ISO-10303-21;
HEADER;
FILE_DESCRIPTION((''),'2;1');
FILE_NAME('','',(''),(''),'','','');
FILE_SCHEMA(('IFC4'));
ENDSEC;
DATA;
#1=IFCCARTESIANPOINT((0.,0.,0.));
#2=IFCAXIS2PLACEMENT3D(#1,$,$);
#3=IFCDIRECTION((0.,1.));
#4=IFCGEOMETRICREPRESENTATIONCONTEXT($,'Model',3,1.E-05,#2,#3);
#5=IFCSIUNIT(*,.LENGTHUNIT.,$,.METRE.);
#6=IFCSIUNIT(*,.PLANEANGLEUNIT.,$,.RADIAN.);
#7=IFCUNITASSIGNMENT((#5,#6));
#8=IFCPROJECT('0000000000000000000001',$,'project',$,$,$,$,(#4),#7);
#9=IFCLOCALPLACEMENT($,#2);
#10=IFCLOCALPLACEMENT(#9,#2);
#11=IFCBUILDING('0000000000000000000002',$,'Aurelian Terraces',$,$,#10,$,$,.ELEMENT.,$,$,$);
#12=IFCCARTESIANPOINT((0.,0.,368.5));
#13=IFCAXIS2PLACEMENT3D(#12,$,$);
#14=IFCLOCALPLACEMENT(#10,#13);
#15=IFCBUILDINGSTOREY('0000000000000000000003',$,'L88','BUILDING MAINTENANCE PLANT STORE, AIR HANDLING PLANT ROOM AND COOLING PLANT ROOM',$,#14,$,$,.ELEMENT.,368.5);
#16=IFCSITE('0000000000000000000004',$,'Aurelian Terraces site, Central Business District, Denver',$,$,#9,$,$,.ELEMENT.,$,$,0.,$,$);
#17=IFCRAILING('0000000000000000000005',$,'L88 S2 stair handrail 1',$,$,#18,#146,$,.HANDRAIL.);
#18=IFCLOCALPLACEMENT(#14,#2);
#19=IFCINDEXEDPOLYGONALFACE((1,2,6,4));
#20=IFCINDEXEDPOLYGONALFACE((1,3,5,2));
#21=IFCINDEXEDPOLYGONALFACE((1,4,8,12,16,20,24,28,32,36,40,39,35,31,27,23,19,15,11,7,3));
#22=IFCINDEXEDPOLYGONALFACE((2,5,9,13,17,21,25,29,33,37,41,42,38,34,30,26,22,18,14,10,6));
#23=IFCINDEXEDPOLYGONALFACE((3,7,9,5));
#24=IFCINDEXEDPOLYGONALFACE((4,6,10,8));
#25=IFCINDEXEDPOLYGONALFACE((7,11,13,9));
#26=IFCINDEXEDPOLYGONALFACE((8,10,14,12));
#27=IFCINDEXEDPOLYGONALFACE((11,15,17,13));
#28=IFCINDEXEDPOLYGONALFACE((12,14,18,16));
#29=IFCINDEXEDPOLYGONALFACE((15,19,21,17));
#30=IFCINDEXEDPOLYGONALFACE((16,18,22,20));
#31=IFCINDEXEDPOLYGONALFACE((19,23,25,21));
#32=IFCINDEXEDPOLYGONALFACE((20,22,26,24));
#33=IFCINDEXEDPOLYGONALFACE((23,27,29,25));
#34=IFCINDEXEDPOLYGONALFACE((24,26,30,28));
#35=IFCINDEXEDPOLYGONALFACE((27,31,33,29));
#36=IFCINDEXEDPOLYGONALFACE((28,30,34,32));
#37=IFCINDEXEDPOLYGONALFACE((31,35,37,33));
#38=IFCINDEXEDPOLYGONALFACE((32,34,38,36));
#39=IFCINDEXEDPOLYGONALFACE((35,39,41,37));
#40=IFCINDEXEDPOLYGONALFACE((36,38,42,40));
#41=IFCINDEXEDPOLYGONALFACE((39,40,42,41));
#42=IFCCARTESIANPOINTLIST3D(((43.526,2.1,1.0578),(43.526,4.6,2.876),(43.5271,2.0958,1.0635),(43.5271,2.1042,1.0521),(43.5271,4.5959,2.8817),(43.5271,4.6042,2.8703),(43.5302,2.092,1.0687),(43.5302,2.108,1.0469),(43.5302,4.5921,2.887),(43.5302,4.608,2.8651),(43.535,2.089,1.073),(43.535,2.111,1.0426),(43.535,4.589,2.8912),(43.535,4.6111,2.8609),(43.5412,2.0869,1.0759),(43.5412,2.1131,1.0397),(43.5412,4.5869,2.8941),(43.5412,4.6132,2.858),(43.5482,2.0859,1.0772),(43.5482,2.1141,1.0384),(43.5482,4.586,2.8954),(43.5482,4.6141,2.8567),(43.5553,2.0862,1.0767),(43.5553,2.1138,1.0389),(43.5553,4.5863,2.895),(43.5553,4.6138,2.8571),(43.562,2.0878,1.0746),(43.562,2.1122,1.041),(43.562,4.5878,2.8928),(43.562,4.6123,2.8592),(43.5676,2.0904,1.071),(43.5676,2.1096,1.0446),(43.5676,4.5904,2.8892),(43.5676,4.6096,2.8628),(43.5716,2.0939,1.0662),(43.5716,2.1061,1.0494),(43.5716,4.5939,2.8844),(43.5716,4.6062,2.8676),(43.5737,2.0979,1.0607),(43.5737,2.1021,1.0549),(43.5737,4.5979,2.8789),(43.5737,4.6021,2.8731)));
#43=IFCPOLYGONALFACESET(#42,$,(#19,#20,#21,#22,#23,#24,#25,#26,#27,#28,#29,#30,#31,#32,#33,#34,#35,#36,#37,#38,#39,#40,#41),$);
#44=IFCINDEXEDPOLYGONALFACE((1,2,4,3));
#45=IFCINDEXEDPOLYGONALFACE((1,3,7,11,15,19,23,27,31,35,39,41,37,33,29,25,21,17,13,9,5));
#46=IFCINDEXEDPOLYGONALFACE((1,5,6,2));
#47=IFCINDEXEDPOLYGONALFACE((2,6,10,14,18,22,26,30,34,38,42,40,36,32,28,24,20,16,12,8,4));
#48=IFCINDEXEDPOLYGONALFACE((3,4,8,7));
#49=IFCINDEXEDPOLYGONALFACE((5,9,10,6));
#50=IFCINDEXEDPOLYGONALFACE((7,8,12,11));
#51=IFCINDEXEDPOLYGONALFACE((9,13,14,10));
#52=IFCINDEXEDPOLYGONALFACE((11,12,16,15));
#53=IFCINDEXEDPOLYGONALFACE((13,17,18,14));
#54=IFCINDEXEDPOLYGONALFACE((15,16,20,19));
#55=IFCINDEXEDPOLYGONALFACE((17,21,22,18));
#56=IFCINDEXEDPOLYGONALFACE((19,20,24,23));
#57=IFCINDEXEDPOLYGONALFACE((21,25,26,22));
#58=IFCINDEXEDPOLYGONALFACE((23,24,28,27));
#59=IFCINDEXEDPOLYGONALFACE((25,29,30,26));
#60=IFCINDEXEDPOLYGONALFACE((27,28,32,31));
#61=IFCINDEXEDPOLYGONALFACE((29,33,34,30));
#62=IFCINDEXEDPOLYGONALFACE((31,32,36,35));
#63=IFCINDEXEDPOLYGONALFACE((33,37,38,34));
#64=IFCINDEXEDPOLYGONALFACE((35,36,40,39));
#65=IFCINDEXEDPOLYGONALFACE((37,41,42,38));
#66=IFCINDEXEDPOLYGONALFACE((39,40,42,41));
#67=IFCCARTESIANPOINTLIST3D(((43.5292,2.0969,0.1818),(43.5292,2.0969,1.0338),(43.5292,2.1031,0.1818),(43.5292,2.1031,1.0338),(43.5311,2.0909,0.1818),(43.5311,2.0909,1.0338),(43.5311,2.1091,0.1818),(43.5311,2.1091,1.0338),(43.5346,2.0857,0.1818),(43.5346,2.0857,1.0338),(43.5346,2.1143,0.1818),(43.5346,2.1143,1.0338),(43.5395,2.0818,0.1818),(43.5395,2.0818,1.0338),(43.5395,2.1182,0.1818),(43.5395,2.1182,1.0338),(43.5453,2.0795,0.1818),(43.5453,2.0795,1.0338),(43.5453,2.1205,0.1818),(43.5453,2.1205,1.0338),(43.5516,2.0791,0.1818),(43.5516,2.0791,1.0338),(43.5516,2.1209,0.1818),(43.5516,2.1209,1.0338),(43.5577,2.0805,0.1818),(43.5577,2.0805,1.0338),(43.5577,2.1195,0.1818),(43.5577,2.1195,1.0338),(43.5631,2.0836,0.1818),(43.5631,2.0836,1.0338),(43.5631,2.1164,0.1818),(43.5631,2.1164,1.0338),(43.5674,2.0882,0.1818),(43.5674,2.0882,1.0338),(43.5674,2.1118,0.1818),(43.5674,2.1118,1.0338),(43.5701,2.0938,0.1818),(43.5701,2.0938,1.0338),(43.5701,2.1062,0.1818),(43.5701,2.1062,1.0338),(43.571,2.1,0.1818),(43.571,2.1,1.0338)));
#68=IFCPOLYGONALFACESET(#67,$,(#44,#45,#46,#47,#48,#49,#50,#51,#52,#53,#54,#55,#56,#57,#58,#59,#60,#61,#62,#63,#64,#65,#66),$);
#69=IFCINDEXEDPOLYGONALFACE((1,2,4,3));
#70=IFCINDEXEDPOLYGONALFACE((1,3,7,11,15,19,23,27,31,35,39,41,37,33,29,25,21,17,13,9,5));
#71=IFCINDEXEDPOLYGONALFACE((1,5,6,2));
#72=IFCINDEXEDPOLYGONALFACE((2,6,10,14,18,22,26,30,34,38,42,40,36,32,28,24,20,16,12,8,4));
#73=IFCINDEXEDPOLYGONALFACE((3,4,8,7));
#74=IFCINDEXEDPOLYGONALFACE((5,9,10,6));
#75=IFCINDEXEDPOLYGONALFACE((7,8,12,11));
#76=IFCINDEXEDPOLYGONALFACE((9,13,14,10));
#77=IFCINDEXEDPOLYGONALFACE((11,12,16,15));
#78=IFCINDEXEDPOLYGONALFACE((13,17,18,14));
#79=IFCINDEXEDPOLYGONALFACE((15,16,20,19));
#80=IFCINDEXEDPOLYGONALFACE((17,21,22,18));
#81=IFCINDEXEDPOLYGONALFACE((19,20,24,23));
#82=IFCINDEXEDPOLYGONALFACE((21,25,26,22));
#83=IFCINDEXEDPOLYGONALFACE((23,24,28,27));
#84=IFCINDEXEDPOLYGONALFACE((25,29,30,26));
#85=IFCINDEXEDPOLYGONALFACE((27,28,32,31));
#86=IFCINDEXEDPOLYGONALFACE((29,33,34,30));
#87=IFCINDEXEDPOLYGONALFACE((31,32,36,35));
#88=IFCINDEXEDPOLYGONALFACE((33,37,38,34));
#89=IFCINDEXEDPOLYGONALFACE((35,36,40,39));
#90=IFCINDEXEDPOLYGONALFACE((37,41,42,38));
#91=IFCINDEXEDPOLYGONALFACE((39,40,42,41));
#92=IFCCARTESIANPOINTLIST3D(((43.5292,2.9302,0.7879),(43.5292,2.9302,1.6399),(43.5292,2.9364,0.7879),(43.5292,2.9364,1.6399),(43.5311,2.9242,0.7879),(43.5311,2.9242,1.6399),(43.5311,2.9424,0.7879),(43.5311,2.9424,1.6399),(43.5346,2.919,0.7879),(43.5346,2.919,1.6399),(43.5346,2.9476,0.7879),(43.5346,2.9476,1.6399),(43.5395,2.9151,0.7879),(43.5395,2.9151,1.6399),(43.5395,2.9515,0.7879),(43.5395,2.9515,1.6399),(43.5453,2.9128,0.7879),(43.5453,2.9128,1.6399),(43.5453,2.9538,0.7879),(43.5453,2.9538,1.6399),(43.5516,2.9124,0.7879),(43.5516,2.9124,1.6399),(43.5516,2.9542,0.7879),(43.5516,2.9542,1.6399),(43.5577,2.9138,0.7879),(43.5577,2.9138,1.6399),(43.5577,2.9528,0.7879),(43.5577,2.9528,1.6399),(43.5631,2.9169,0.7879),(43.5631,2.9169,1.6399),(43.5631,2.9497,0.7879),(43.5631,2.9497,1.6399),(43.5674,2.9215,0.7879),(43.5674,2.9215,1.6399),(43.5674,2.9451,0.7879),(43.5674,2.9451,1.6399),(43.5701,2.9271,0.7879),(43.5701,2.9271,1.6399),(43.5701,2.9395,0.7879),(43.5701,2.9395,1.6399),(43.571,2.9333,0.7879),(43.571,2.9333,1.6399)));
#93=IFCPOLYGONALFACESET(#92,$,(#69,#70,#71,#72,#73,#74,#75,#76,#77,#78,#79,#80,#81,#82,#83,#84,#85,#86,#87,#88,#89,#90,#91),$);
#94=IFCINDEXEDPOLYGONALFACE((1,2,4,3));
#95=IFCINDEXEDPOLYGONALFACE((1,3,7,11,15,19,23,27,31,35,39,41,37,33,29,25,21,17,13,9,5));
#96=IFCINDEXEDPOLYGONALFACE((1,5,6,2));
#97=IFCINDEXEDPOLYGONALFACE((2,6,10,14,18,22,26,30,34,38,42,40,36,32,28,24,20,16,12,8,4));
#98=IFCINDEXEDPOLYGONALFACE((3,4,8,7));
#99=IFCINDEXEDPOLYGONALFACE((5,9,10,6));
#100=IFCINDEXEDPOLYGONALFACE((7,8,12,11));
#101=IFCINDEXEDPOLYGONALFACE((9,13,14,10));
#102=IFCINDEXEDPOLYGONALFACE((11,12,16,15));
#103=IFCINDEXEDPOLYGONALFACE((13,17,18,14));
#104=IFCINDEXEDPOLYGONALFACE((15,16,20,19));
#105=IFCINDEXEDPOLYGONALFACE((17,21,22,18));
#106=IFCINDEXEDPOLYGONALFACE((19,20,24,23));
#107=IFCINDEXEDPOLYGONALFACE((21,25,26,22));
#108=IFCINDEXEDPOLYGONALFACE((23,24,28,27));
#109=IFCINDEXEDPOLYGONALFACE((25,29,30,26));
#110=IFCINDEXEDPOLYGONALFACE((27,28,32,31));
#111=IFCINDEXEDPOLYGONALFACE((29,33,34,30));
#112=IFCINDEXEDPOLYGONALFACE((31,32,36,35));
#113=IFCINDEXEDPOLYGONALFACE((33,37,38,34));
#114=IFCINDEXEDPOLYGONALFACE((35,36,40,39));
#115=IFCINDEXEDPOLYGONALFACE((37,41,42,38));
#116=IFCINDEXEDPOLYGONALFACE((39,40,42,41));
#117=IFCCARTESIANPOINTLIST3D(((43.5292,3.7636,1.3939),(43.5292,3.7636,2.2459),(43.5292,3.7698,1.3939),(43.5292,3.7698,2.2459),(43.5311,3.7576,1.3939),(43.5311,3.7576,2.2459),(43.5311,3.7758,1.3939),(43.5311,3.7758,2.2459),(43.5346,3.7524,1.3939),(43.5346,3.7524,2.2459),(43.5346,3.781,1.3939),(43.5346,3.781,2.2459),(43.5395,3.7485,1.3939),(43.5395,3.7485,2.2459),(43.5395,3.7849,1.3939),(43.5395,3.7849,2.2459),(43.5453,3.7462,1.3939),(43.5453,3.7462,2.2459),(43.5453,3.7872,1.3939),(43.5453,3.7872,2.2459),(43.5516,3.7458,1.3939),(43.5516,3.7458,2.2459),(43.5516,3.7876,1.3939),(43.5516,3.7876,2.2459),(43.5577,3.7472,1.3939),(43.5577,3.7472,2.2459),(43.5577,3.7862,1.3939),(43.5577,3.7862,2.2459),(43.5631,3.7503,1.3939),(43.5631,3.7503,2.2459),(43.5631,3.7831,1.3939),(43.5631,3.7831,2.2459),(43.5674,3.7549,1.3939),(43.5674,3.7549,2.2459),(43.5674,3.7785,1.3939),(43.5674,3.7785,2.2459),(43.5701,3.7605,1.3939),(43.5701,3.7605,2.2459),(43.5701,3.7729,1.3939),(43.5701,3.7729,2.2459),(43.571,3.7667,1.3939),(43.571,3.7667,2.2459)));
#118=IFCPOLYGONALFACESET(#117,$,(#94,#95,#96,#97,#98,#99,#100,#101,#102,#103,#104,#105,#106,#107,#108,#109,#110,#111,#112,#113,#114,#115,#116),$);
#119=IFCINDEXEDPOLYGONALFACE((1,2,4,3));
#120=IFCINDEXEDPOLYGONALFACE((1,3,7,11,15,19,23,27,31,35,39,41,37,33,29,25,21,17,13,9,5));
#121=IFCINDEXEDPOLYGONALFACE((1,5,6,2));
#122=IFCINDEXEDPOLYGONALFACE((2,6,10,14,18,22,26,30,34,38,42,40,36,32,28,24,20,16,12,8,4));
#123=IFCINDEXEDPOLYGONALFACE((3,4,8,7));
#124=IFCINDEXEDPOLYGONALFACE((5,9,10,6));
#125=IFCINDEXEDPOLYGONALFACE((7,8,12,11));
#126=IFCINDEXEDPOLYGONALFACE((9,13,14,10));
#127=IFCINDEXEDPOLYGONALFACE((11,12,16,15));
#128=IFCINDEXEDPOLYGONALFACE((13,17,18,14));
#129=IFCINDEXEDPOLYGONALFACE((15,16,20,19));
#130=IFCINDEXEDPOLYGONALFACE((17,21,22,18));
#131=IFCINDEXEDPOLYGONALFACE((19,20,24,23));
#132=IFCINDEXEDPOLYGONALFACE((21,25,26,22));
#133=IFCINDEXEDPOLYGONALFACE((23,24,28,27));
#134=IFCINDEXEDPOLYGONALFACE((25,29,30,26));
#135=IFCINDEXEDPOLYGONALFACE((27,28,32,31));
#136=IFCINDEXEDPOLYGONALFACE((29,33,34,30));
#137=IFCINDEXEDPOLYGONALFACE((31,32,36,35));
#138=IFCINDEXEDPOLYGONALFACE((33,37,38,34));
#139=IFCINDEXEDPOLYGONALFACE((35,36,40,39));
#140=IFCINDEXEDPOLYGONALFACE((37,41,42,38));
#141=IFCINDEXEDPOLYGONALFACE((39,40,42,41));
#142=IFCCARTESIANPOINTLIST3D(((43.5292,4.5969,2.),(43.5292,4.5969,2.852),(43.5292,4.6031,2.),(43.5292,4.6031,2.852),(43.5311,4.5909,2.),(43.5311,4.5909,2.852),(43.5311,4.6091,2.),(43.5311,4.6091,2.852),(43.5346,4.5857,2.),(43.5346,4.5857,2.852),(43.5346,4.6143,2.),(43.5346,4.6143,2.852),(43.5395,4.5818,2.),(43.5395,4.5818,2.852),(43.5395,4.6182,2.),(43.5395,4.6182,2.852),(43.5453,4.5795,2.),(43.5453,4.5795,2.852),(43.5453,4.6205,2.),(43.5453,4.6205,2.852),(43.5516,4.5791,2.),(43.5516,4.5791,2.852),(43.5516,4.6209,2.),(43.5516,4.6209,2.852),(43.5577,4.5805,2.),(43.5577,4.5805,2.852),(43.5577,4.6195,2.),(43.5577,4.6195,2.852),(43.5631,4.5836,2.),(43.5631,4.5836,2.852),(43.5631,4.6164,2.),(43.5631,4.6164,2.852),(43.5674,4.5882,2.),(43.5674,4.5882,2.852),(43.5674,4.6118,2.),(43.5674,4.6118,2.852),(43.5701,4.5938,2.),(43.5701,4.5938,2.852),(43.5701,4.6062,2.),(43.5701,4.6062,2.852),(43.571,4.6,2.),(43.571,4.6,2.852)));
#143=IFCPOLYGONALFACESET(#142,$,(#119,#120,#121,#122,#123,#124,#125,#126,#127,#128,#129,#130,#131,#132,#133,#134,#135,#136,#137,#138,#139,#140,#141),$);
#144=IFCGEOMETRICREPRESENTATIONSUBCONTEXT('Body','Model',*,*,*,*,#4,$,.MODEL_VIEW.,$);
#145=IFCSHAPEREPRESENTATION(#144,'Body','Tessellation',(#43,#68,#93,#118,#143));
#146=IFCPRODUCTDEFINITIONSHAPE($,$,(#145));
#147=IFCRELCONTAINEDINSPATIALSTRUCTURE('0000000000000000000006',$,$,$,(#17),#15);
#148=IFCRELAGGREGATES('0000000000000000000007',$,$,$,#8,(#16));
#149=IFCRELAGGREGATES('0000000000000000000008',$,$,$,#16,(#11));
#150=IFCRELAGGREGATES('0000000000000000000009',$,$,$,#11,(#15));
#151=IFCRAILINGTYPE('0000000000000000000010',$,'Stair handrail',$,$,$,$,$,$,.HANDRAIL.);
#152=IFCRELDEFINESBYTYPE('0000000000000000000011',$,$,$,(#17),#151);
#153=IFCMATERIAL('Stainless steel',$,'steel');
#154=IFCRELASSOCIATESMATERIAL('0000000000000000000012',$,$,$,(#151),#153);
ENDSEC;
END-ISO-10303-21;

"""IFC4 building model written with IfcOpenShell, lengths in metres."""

from ifc_helpers import new_model, si_unit, direction, frame, origin, origin_2d, place, context, subcontext, project, spatial, circle, extrude, source, transform, mapped, material, type_object, element, save


model = new_model("IFC4")

# Units and contexts
model_context = context("Model", 3, precision=1e-05, world=origin(), true_north=direction((0.0, 1.0)))
body_context = subcontext(model_context, "Body", "Model", "MODEL_VIEW")
ifc_project = project(units=[si_unit("LENGTHUNIT", "METRE"), si_unit("PLANEANGLEUNIT", "RADIAN")], contexts=[model_context])

# Site, building, storey
site_placement = place(None, origin())
site = spatial("IfcSite", under=ifc_project, at=site_placement, Name="Aurelian Terraces site, Central Business District, Denver", CompositionType="ELEMENT", RefElevation=0.0)
building_placement = place(site_placement, origin())
building = spatial("IfcBuilding", under=site, at=building_placement, Name="Aurelian Terraces", CompositionType="ELEMENT")
storey_placement = place(building_placement, frame((0.0, 0.0, 368.5)))
storey = spatial("IfcBuildingStorey", under=building, at=storey_placement, Name="L88", Description="BUILDING MAINTENANCE PLANT STORE, AIR HANDLING PLANT ROOM AND COOLING PLANT ROOM", CompositionType="ELEMENT", Elevation=368.5)

# Railing
ifc_material_1 = material(Name="Stainless steel", Category="steel")
railing_type_1 = type_object("IfcRailingType", Name="Stair handrail", PredefinedType="HANDRAIL", material=ifc_material_1)
shared_shape_1 = source(origin(), body_context, "Body", "SweptSolid", [
    extrude(circle(Radius=0.024, at=origin_2d()), frame((0.0, 0.0, 0.876), z_axis=(0.0, 0.808733, 0.588176), x_axis=(-1.0, 0.0, 0.0)), (0.0, 0.0, 1.0), 3.0913),
    extrude(circle(Radius=0.021, at=origin_2d()), origin(), (0.0, 0.0, 1.0), 0.852),
    extrude(circle(Radius=0.021, at=origin_2d()), frame((0.0, 0.8333, 0.6061)), (0.0, 0.0, 1.0), 0.852),
    extrude(circle(Radius=0.021, at=origin_2d()), frame((0.0, 1.6667, 1.2121)), (0.0, 0.0, 1.0), 0.852),
    extrude(circle(Radius=0.021, at=origin_2d()), frame((0.0, 2.5, 1.8182)), (0.0, 0.0, 1.0), 0.852),
])
railing_1_placement = place(storey_placement, frame((43.55, 2.1, 0.1818)))
element("IfcRailing", 1, at=railing_1_placement, inside=storey, type_object=railing_type_1, Name="L88 S2 stair handrail 1", PredefinedType="HANDRAIL", context=body_context, shape_type="MappedRepresentation", body=[
    mapped(shared_shape_1, transform((0.0, 0.0, 0.0), scale=1.0)),
])

save(model, "model.ifc")
